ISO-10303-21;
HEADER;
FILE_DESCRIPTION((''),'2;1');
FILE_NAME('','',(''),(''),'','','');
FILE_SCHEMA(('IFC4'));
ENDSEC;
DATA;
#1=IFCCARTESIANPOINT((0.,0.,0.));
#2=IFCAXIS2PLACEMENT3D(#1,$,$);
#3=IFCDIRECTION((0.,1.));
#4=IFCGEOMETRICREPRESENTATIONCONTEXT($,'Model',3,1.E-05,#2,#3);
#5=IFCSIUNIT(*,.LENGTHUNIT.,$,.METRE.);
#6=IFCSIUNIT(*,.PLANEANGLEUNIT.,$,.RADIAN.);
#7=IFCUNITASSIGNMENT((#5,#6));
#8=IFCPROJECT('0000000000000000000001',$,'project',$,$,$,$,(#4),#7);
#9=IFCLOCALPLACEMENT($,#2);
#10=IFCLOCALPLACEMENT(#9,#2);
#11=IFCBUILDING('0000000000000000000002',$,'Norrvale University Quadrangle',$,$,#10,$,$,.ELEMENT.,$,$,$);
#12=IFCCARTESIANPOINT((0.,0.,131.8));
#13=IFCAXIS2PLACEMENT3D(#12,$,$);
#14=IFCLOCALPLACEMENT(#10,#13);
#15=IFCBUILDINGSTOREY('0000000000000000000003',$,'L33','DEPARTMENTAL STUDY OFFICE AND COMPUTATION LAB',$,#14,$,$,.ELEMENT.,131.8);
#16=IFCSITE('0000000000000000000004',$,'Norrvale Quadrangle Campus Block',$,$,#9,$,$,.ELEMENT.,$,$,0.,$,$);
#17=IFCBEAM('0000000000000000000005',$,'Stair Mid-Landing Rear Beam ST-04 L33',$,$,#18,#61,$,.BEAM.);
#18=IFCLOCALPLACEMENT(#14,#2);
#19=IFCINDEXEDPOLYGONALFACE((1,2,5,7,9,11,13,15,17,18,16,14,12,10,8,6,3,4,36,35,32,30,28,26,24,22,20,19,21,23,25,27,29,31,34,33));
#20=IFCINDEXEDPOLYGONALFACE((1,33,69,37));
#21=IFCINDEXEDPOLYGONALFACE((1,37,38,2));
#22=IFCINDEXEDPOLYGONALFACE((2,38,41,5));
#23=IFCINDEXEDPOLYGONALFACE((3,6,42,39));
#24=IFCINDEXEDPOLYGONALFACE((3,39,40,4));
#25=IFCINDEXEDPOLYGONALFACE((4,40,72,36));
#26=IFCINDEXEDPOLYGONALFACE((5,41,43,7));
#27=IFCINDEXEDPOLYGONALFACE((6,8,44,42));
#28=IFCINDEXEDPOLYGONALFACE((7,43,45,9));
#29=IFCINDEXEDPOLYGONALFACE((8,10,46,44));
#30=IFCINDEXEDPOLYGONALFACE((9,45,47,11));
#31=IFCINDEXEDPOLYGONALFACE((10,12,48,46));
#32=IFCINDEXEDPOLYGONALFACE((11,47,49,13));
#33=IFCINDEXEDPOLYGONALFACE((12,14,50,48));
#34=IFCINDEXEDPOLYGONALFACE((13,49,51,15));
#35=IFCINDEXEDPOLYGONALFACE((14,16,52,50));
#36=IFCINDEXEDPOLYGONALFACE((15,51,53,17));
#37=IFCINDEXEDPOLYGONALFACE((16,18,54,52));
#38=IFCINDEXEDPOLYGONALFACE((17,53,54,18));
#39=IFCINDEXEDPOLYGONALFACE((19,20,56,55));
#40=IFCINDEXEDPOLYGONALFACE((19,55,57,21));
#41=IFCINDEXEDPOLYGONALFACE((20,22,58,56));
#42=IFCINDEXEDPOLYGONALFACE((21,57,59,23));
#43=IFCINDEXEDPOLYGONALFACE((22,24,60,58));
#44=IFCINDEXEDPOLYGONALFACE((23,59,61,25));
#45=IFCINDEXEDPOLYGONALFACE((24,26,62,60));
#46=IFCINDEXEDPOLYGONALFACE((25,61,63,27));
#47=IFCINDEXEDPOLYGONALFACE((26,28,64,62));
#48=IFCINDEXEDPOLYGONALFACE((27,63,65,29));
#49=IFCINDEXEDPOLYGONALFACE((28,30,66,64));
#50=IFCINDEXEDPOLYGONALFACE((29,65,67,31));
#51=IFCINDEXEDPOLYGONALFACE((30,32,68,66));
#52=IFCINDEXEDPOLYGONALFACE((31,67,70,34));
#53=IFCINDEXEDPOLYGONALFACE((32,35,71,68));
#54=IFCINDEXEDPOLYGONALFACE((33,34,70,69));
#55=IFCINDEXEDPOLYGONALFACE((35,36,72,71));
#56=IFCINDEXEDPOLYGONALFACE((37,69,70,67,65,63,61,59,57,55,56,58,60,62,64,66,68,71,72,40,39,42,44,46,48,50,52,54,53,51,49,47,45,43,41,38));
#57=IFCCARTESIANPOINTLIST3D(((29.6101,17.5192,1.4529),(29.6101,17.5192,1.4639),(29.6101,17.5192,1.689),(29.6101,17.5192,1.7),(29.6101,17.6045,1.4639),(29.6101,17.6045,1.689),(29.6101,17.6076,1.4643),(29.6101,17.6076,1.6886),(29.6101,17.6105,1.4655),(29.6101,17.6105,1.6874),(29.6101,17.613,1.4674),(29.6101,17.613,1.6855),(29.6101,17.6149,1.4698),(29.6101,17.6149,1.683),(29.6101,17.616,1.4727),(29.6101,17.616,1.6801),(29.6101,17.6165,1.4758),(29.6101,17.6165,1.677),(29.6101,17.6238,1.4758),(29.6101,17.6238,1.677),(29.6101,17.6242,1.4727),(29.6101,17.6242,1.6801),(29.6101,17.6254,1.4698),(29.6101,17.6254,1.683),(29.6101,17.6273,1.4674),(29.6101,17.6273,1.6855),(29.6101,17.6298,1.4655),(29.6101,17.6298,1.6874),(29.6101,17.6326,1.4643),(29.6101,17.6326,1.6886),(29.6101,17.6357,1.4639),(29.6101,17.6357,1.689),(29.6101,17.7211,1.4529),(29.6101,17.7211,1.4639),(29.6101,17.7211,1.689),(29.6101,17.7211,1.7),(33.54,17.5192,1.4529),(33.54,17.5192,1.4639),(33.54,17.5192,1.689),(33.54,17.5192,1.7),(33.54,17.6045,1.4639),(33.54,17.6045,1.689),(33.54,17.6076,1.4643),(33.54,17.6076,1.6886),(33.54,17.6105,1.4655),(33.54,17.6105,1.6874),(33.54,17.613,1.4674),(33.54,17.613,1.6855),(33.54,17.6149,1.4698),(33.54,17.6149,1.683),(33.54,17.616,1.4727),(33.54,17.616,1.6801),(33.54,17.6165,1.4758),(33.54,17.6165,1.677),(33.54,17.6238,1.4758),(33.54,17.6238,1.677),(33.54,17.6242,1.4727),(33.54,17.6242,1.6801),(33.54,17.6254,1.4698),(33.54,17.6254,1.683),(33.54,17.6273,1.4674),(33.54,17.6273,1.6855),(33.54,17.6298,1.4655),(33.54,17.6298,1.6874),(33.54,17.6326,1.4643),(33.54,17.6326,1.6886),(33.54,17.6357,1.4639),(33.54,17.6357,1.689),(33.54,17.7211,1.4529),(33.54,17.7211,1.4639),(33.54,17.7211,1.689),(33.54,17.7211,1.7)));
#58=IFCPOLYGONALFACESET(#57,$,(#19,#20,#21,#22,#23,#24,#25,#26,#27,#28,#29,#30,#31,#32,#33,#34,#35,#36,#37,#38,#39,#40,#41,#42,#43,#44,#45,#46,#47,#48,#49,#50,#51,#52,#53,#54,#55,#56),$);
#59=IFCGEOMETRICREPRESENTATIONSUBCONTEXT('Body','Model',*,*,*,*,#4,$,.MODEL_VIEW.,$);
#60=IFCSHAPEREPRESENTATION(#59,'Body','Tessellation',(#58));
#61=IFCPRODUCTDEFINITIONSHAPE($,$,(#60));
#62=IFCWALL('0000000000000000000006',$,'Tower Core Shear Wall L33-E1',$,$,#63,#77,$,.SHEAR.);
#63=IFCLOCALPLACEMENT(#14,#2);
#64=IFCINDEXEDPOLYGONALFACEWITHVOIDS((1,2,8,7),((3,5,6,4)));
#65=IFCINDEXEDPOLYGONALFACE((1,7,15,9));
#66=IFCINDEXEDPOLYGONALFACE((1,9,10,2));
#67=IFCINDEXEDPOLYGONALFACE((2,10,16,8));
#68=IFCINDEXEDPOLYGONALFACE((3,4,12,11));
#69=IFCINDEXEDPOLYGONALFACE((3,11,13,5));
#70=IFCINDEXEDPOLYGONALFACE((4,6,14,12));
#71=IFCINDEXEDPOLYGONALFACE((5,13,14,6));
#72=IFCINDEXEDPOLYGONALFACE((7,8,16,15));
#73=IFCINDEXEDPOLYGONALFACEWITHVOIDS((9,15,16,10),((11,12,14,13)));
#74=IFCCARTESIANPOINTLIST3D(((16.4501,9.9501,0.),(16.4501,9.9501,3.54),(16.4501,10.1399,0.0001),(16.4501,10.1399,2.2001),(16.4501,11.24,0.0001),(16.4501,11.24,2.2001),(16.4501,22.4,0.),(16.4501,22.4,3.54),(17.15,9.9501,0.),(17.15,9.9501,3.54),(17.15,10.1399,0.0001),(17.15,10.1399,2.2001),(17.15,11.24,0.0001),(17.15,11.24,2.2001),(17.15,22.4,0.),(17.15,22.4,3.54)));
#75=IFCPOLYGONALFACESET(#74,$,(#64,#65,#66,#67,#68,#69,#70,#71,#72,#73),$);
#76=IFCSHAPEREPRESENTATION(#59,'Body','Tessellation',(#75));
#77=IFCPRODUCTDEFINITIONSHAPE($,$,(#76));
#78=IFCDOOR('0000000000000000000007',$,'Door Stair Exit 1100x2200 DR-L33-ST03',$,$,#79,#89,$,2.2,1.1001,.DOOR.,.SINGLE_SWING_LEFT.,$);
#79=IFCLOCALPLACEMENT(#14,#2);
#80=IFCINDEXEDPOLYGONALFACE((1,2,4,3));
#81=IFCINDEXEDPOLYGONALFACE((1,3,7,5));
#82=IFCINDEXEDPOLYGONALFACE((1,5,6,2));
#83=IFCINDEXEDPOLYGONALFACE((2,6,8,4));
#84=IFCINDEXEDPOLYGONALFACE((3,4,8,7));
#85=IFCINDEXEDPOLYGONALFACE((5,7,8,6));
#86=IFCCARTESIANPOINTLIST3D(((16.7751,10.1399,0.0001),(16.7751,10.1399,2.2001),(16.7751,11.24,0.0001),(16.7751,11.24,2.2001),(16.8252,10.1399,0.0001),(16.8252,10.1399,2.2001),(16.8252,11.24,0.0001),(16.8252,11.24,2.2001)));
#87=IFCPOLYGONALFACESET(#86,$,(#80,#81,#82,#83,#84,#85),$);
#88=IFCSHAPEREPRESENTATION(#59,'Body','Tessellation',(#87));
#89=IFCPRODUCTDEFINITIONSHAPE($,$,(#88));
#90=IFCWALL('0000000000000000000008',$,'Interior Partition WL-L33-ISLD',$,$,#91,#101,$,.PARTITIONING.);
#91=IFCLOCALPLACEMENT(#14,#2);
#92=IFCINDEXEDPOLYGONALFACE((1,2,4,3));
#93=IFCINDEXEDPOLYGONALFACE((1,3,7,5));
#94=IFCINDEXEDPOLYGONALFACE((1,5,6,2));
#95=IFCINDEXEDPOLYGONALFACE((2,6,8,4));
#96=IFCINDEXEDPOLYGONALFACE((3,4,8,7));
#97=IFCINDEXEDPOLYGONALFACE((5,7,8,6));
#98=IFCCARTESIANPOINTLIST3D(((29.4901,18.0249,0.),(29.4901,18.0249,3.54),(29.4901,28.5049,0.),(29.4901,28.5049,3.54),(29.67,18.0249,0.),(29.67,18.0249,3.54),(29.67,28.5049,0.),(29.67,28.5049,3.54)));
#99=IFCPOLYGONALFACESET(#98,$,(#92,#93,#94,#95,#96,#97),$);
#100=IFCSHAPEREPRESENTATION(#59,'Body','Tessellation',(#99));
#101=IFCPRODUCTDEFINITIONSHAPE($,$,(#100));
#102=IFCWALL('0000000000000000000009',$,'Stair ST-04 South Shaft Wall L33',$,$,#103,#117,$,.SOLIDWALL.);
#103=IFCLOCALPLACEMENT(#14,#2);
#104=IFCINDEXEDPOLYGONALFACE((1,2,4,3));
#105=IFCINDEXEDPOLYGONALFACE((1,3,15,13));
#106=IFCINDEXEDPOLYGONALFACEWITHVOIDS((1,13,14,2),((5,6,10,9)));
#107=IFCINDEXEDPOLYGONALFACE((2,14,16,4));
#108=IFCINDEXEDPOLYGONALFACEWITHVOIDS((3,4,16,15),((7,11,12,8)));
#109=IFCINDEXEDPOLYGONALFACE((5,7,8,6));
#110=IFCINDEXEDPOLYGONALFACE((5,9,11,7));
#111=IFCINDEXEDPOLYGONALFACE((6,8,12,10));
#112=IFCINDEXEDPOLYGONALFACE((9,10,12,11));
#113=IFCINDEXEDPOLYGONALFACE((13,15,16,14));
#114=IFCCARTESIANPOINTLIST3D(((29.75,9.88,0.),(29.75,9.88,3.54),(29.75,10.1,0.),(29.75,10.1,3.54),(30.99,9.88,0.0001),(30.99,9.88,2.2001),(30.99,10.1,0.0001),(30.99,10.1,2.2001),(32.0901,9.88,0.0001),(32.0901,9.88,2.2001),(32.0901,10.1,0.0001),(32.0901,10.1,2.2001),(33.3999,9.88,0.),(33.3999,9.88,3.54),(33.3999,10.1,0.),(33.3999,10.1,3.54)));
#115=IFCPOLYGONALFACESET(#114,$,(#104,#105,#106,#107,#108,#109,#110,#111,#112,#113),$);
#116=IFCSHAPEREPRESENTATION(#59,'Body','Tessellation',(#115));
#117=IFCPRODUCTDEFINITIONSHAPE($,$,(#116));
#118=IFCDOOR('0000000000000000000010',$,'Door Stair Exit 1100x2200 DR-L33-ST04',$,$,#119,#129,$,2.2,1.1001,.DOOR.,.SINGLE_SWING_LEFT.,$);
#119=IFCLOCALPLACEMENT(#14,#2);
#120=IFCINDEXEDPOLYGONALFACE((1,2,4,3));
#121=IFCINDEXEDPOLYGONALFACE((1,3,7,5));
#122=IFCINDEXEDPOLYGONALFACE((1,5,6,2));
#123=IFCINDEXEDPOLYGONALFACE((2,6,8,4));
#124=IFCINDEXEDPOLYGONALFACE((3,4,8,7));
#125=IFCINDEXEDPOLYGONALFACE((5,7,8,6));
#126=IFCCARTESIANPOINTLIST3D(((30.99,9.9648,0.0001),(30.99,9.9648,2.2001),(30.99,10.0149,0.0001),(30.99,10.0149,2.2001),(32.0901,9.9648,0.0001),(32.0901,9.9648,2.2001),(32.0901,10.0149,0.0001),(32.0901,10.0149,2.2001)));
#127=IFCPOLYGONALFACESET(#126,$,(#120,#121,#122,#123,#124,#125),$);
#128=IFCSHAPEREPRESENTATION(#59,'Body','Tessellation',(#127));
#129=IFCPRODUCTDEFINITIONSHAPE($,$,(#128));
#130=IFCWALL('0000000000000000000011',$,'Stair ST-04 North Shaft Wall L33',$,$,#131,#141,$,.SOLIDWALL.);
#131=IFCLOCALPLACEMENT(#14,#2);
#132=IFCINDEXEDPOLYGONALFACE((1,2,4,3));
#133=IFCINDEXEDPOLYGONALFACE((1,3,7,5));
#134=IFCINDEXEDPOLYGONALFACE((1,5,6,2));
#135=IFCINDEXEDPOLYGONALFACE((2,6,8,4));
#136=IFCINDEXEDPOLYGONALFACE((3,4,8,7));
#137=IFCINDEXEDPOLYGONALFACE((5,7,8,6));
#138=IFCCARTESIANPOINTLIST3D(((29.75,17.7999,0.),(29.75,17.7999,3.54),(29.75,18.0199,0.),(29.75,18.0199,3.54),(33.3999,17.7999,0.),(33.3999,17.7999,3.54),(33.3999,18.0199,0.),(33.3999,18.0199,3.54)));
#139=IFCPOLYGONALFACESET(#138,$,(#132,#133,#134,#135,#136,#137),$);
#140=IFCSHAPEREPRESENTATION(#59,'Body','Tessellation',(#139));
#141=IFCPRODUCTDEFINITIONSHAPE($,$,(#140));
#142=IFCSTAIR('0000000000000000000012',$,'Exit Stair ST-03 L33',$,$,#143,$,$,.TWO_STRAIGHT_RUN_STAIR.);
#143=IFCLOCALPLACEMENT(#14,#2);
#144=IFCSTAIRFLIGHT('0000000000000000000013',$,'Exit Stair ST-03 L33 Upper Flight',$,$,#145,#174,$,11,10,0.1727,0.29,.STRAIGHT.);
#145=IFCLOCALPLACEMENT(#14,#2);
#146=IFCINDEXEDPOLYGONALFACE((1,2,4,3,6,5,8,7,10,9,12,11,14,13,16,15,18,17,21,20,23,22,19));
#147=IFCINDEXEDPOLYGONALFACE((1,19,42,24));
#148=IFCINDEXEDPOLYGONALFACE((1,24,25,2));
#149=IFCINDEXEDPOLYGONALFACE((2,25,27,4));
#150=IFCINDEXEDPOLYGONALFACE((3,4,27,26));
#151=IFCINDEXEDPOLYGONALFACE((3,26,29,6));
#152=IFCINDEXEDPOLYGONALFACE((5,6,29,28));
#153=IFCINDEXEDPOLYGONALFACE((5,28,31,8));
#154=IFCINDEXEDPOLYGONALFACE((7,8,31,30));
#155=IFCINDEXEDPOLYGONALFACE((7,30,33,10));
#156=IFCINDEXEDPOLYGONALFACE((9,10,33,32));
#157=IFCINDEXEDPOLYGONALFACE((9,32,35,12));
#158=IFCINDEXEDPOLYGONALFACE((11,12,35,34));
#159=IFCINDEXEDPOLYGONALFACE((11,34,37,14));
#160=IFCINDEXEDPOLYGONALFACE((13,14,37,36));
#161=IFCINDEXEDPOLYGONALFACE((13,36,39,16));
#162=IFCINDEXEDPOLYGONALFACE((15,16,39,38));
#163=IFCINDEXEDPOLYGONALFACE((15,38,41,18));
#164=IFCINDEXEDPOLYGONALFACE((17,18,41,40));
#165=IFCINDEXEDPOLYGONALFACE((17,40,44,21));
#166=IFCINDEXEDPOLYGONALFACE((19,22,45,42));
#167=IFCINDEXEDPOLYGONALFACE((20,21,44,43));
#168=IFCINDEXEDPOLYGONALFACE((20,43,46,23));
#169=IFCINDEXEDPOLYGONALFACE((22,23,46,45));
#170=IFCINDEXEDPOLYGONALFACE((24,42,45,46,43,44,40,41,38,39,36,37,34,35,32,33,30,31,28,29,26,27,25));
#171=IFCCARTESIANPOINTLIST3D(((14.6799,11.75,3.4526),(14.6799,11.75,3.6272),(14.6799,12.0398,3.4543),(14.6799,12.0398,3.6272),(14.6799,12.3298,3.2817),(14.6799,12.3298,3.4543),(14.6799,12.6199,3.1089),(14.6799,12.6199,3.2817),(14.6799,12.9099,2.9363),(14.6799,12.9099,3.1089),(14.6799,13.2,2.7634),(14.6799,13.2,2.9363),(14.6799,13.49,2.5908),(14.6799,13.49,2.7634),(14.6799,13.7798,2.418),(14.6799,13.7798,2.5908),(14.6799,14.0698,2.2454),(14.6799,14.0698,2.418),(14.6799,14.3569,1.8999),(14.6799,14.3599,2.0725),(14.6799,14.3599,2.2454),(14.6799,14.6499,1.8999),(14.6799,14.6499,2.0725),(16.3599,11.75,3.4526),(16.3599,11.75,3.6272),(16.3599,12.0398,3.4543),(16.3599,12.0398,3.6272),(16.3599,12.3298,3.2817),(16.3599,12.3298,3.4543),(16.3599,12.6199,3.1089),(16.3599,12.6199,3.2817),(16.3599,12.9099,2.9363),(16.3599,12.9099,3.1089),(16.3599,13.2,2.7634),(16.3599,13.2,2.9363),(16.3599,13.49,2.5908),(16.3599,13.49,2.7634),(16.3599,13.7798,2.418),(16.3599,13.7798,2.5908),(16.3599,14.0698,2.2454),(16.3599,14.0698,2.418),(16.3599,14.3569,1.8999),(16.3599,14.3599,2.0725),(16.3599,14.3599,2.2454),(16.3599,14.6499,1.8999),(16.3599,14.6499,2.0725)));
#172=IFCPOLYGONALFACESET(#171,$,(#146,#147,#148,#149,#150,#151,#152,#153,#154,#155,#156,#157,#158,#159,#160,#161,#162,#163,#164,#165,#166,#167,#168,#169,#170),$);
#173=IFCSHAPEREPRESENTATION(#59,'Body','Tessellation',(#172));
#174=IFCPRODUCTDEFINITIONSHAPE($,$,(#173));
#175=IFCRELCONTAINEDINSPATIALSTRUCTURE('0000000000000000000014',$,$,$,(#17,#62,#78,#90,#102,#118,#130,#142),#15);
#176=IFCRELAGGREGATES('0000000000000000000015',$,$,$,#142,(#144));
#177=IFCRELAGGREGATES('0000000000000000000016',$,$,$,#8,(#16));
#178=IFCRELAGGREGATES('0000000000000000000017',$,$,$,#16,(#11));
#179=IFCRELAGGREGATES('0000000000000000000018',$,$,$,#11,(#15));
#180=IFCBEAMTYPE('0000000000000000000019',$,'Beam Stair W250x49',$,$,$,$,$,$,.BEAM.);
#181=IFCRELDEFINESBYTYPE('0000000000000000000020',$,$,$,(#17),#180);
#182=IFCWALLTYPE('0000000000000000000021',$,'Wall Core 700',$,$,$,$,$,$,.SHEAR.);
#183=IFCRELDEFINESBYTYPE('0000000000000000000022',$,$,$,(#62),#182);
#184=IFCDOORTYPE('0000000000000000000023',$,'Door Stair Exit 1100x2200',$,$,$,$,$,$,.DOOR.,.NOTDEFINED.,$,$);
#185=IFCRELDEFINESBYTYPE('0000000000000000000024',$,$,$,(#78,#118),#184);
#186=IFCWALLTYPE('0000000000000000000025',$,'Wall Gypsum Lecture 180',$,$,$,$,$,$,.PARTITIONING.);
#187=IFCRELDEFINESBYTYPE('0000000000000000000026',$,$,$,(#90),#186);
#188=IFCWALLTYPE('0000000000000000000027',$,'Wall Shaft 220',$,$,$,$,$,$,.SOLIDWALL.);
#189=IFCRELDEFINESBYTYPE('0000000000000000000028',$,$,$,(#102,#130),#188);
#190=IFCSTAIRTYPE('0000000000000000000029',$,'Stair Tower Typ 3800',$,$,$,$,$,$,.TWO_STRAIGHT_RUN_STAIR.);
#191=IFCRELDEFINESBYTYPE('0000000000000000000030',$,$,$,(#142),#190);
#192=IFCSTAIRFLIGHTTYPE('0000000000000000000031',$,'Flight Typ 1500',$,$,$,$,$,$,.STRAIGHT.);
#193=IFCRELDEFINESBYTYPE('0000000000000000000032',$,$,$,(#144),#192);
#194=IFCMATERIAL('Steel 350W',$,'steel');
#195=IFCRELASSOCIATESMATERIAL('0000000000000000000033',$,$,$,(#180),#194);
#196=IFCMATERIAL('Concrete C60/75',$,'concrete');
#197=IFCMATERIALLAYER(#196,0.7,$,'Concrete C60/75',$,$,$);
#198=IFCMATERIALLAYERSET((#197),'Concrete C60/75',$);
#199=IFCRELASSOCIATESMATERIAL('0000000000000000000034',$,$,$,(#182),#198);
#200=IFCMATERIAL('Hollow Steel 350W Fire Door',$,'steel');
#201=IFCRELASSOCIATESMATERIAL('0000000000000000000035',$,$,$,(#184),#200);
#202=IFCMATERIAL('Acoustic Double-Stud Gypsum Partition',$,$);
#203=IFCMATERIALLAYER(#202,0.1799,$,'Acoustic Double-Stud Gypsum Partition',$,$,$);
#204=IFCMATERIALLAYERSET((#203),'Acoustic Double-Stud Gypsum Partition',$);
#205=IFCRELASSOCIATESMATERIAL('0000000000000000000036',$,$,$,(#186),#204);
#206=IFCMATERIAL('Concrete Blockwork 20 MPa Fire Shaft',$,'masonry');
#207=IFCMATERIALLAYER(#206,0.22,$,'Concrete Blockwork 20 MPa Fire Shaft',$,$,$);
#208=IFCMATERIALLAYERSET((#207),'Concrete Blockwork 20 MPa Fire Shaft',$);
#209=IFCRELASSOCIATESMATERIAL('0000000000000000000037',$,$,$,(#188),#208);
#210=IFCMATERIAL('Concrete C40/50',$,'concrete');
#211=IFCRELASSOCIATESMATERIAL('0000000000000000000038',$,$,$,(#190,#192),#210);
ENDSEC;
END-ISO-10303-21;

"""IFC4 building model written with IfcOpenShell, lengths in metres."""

from ifc_helpers import new_model, si_unit, direction, frame, frame_2d, origin, origin_2d, place, context, subcontext, project, spatial, polyline, rectangle, i_section, outline, extrude, material, layer, layer_set, material_profile, profile_set, type_object, element, fill, aggregate, save


model = new_model("IFC4")

# Units and contexts
model_context = context("Model", 3, precision=1e-05, world=origin(), true_north=direction((0.0, 1.0)))
body_context = subcontext(model_context, "Body", "Model", "MODEL_VIEW")
ifc_project = project(units=[si_unit("LENGTHUNIT", "METRE"), si_unit("PLANEANGLEUNIT", "RADIAN")], contexts=[model_context])

# Site, building, storey
site_placement = place(None, origin())
site = spatial("IfcSite", under=ifc_project, at=site_placement, Name="Norrvale Quadrangle Campus Block", CompositionType="ELEMENT", RefElevation=0.0)
building_placement = place(site_placement, origin())
building = spatial("IfcBuilding", under=site, at=building_placement, Name="Norrvale University Quadrangle", CompositionType="ELEMENT")
storey_placement = place(building_placement, frame((0.0, 0.0, 131.8)))
storey = spatial("IfcBuildingStorey", under=building, at=storey_placement, Name="L33", Description="DEPARTMENTAL STUDY OFFICE AND COMPUTATION LAB", CompositionType="ELEMENT", Elevation=131.8)

# Shared definitions
ifc_material_1 = material(Name="Concrete C60/75", Category="concrete")

# Beam
ifc_material_2 = material(Name="Steel 350W", Category="steel")
ifc_material_profile_1 = material_profile(ifc_material_2, i_section(OverallWidth=0.2019, OverallDepth=0.2471, WebThickness=0.0073, FlangeThickness=0.011, FilletRadius=0.012, at=origin_2d()), Name="Steel 350W")
ifc_profile_set_1 = profile_set([ifc_material_profile_1], Name="Steel 350W")
beam_type_1 = type_object("IfcBeamType", Name="Beam Stair W250x49", PredefinedType="BEAM", material=ifc_profile_set_1)
for number, where, z_axis, x_axis, name in (
    (1, (29.6101, 17.6201, 1.5764), (1.0, 0.0, 0.0), (0.0, 1.0, 0.0), "Stair Mid-Landing Rear Beam ST-04 L33"),
):
    element("IfcBeam", number, at=place(storey_placement, frame(where, z_axis=z_axis, x_axis=x_axis)), inside=storey, type_object=beam_type_1, Name=name, PredefinedType="BEAM", context=body_context, shape_type="SweptSolid", body=[
        extrude(i_section(OverallWidth=0.2019, OverallDepth=0.2471, WebThickness=0.0073, FlangeThickness=0.011, FilletRadius=0.012, at=origin_2d()), origin(), (0.0, 0.0, 1.0), 3.9299),
    ])

# Wall, opening, door
ifc_layer_1 = layer(ifc_material_1, 0.7, Name="Concrete C60/75")
ifc_layer_set_1 = layer_set([ifc_layer_1], Name="Concrete C60/75")
wall_type_1 = type_object("IfcWallType", Name="Wall Core 700", PredefinedType="SHEAR", material=ifc_layer_set_1)
wall_1_placement = place(storey_placement, frame((16.8, 9.95, 0.0), z_axis=(0.0, 0.0, 1.0), x_axis=(0.0, 1.0, 0.0)))
wall_1 = element("IfcWall", 2, at=wall_1_placement, inside=storey, type_object=wall_type_1, Name="Tower Core Shear Wall L33-E1", PredefinedType="SHEAR", context=body_context, shape_type="SweptSolid", body=[
    extrude(rectangle(XDim=12.45, YDim=0.7, at=frame_2d((6.2251, 0.0))), origin(), (0.0, 0.0, 1.0), 3.54),
])
opening_1_placement = place(wall_1_placement, frame((0.1899, 0.0, 0.0)))
opening_1 = element("IfcOpeningElement", 3, at=opening_1_placement, cuts=wall_1, PredefinedType="OPENING", context=body_context, shape_type="SweptSolid", body=[
    extrude(rectangle(XDim=1.1001, YDim=2.2, at=frame_2d((0.55, 1.1001))), frame((0.0, 0.3621, 0.0), z_axis=(0.0, -1.0, 0.0), x_axis=(1.0, 0.0, 0.0)), (0.0, 0.0, 1.0), 0.7239),
])
ifc_material_3 = material(Name="Hollow Steel 350W Fire Door", Category="steel")
door_type = type_object("IfcDoorType", Name="Door Stair Exit 1100x2200", OperationType="NOTDEFINED", PredefinedType="DOOR", material=ifc_material_3)
door_1_placement = place(opening_1_placement, origin())
door_1 = element("IfcDoor", 4, at=door_1_placement, inside=storey, type_object=door_type, Name="Door Stair Exit 1100x2200 DR-L33-ST03", OperationType="SINGLE_SWING_LEFT", OverallHeight=2.2, OverallWidth=1.1001, PredefinedType="DOOR", context=body_context, shape_type="SweptSolid", body=[
    extrude(rectangle(XDim=1.1001, YDim=2.2, at=frame_2d((0.55, 1.1001))), frame((0.0, 0.0249, 0.0), z_axis=(0.0, -1.0, 0.0), x_axis=(1.0, 0.0, 0.0)), (0.0, 0.0, 1.0), 0.05),
])
fill(opening_1, door_1)

# Wall
ifc_material_4 = material(Name="Acoustic Double-Stud Gypsum Partition")
ifc_layer_2 = layer(ifc_material_4, 0.1799, Name="Acoustic Double-Stud Gypsum Partition")
ifc_layer_set_2 = layer_set([ifc_layer_2], Name="Acoustic Double-Stud Gypsum Partition")
wall_type_2 = type_object("IfcWallType", Name="Wall Gypsum Lecture 180", PredefinedType="PARTITIONING", material=ifc_layer_set_2)
wall_2_placement = place(storey_placement, frame((29.5801, 18.0249, 0.0), z_axis=(0.0, 0.0, 1.0), x_axis=(0.0, 1.0, 0.0)))
element("IfcWall", 5, at=wall_2_placement, inside=storey, type_object=wall_type_2, Name="Interior Partition WL-L33-ISLD", PredefinedType="PARTITIONING", context=body_context, shape_type="SweptSolid", body=[
    extrude(rectangle(XDim=10.48, YDim=0.1799, at=frame_2d((5.24, 0.0))), origin(), (0.0, 0.0, 1.0), 3.54),
])

# Wall, opening, door
ifc_material_5 = material(Name="Concrete Blockwork 20 MPa Fire Shaft", Category="masonry")
ifc_layer_3 = layer(ifc_material_5, 0.22, Name="Concrete Blockwork 20 MPa Fire Shaft")
ifc_layer_set_3 = layer_set([ifc_layer_3], Name="Concrete Blockwork 20 MPa Fire Shaft")
wall_type_3 = type_object("IfcWallType", Name="Wall Shaft 220", PredefinedType="SOLIDWALL", material=ifc_layer_set_3)
wall_3_placement = place(storey_placement, frame((29.75, 9.99, 0.0), z_axis=(0.0, 0.0, 1.0), x_axis=(1.0, 0.0, 0.0)))
wall_3 = element("IfcWall", 6, at=wall_3_placement, inside=storey, type_object=wall_type_3, Name="Stair ST-04 South Shaft Wall L33", PredefinedType="SOLIDWALL", context=body_context, shape_type="SweptSolid", body=[
    extrude(rectangle(XDim=3.6499, YDim=0.22, at=frame_2d((1.825, 0.0))), origin(), (0.0, 0.0, 1.0), 3.54),
])
opening_2_placement = place(wall_3_placement, frame((1.24, 0.0, 0.0)))
opening_2 = element("IfcOpeningElement", 7, at=opening_2_placement, cuts=wall_3, PredefinedType="OPENING", context=body_context, shape_type="SweptSolid", body=[
    extrude(rectangle(XDim=1.1001, YDim=2.2, at=frame_2d((0.55, 1.1001))), frame((0.0, 0.1221, 0.0), z_axis=(0.0, -1.0, 0.0), x_axis=(1.0, 0.0, 0.0)), (0.0, 0.0, 1.0), 0.2439),
])
door_2_placement = place(opening_2_placement, origin())
door_2 = element("IfcDoor", 8, at=door_2_placement, inside=storey, type_object=door_type, Name="Door Stair Exit 1100x2200 DR-L33-ST04", OperationType="SINGLE_SWING_LEFT", OverallHeight=2.2, OverallWidth=1.1001, PredefinedType="DOOR", context=body_context, shape_type="SweptSolid", body=[
    extrude(rectangle(XDim=1.1001, YDim=2.2, at=frame_2d((0.55, 1.1001))), frame((0.0, 0.0249, 0.0), z_axis=(0.0, -1.0, 0.0), x_axis=(1.0, 0.0, 0.0)), (0.0, 0.0, 1.0), 0.05),
])
fill(opening_2, door_2)

# Wall
wall_4_placement = place(storey_placement, frame((29.75, 17.9099, 0.0), z_axis=(0.0, 0.0, 1.0), x_axis=(1.0, 0.0, 0.0)))
element("IfcWall", 9, at=wall_4_placement, inside=storey, type_object=wall_type_3, Name="Stair ST-04 North Shaft Wall L33", PredefinedType="SOLIDWALL", context=body_context, shape_type="SweptSolid", body=[
    extrude(rectangle(XDim=3.6499, YDim=0.22, at=frame_2d((1.825, 0.0))), origin(), (0.0, 0.0, 1.0), 3.54),
])

# Stair, stair flight
ifc_material_6 = material(Name="Concrete C40/50", Category="concrete")
stair_type = type_object("IfcStairType", Name="Stair Tower Typ 3800", PredefinedType="TWO_STRAIGHT_RUN_STAIR", material=ifc_material_6)
stair_1_placement = place(storey_placement, origin())
stair_1 = element("IfcStair", 10, at=stair_1_placement, inside=storey, type_object=stair_type, Name="Exit Stair ST-03 L33", PredefinedType="TWO_STRAIGHT_RUN_STAIR")
stair_flight_type = type_object("IfcStairFlightType", Name="Flight Typ 1500", PredefinedType="STRAIGHT", material=ifc_material_6)
stair_flight_1_placement = place(storey_placement, frame((15.52, 14.6499, 1.8999), z_axis=(0.0, 0.0, 1.0), x_axis=(0.0, -1.0, 0.0)))
stair_flight_1 = element("IfcStairFlight", 11, at=stair_flight_1_placement, type_object=stair_flight_type, Name="Exit Stair ST-03 L33 Upper Flight", NumberOfRisers=11, NumberOfTreads=10, PredefinedType="STRAIGHT", RiserHeight=0.1727, TreadLength=0.29, context=body_context, shape_type="SweptSolid", body=[
    extrude(outline(polyline([(0.0, 0.0), (0.0, 0.1726), (0.29, 0.1726), (0.29, 0.3455), (0.5801, 0.3455), (0.5801, 0.5181), (0.8701, 0.5181), (0.8701, 0.6909), (1.1599, 0.6909), (1.1599, 0.8635), (1.45, 0.8635), (1.45, 1.0364), (1.74, 1.0364), (1.74, 1.209), (2.03, 1.209), (2.03, 1.3818), (2.3201, 1.3818), (2.3201, 1.5544), (2.6101, 1.5544), (2.6101, 1.7273), (2.8999, 1.7273), (2.8999, 1.8999), (2.8999, 1.5527), (0.293, 0.0), (0.0, 0.0)])), frame((0.0, 0.8398, 0.0), z_axis=(0.0, -1.0, 0.0), x_axis=(1.0, 0.0, 0.0)), (0.0, 0.0, 1.0), 1.6799),
])
aggregate(stair_1, [stair_flight_1])

save(model, "model.ifc")
